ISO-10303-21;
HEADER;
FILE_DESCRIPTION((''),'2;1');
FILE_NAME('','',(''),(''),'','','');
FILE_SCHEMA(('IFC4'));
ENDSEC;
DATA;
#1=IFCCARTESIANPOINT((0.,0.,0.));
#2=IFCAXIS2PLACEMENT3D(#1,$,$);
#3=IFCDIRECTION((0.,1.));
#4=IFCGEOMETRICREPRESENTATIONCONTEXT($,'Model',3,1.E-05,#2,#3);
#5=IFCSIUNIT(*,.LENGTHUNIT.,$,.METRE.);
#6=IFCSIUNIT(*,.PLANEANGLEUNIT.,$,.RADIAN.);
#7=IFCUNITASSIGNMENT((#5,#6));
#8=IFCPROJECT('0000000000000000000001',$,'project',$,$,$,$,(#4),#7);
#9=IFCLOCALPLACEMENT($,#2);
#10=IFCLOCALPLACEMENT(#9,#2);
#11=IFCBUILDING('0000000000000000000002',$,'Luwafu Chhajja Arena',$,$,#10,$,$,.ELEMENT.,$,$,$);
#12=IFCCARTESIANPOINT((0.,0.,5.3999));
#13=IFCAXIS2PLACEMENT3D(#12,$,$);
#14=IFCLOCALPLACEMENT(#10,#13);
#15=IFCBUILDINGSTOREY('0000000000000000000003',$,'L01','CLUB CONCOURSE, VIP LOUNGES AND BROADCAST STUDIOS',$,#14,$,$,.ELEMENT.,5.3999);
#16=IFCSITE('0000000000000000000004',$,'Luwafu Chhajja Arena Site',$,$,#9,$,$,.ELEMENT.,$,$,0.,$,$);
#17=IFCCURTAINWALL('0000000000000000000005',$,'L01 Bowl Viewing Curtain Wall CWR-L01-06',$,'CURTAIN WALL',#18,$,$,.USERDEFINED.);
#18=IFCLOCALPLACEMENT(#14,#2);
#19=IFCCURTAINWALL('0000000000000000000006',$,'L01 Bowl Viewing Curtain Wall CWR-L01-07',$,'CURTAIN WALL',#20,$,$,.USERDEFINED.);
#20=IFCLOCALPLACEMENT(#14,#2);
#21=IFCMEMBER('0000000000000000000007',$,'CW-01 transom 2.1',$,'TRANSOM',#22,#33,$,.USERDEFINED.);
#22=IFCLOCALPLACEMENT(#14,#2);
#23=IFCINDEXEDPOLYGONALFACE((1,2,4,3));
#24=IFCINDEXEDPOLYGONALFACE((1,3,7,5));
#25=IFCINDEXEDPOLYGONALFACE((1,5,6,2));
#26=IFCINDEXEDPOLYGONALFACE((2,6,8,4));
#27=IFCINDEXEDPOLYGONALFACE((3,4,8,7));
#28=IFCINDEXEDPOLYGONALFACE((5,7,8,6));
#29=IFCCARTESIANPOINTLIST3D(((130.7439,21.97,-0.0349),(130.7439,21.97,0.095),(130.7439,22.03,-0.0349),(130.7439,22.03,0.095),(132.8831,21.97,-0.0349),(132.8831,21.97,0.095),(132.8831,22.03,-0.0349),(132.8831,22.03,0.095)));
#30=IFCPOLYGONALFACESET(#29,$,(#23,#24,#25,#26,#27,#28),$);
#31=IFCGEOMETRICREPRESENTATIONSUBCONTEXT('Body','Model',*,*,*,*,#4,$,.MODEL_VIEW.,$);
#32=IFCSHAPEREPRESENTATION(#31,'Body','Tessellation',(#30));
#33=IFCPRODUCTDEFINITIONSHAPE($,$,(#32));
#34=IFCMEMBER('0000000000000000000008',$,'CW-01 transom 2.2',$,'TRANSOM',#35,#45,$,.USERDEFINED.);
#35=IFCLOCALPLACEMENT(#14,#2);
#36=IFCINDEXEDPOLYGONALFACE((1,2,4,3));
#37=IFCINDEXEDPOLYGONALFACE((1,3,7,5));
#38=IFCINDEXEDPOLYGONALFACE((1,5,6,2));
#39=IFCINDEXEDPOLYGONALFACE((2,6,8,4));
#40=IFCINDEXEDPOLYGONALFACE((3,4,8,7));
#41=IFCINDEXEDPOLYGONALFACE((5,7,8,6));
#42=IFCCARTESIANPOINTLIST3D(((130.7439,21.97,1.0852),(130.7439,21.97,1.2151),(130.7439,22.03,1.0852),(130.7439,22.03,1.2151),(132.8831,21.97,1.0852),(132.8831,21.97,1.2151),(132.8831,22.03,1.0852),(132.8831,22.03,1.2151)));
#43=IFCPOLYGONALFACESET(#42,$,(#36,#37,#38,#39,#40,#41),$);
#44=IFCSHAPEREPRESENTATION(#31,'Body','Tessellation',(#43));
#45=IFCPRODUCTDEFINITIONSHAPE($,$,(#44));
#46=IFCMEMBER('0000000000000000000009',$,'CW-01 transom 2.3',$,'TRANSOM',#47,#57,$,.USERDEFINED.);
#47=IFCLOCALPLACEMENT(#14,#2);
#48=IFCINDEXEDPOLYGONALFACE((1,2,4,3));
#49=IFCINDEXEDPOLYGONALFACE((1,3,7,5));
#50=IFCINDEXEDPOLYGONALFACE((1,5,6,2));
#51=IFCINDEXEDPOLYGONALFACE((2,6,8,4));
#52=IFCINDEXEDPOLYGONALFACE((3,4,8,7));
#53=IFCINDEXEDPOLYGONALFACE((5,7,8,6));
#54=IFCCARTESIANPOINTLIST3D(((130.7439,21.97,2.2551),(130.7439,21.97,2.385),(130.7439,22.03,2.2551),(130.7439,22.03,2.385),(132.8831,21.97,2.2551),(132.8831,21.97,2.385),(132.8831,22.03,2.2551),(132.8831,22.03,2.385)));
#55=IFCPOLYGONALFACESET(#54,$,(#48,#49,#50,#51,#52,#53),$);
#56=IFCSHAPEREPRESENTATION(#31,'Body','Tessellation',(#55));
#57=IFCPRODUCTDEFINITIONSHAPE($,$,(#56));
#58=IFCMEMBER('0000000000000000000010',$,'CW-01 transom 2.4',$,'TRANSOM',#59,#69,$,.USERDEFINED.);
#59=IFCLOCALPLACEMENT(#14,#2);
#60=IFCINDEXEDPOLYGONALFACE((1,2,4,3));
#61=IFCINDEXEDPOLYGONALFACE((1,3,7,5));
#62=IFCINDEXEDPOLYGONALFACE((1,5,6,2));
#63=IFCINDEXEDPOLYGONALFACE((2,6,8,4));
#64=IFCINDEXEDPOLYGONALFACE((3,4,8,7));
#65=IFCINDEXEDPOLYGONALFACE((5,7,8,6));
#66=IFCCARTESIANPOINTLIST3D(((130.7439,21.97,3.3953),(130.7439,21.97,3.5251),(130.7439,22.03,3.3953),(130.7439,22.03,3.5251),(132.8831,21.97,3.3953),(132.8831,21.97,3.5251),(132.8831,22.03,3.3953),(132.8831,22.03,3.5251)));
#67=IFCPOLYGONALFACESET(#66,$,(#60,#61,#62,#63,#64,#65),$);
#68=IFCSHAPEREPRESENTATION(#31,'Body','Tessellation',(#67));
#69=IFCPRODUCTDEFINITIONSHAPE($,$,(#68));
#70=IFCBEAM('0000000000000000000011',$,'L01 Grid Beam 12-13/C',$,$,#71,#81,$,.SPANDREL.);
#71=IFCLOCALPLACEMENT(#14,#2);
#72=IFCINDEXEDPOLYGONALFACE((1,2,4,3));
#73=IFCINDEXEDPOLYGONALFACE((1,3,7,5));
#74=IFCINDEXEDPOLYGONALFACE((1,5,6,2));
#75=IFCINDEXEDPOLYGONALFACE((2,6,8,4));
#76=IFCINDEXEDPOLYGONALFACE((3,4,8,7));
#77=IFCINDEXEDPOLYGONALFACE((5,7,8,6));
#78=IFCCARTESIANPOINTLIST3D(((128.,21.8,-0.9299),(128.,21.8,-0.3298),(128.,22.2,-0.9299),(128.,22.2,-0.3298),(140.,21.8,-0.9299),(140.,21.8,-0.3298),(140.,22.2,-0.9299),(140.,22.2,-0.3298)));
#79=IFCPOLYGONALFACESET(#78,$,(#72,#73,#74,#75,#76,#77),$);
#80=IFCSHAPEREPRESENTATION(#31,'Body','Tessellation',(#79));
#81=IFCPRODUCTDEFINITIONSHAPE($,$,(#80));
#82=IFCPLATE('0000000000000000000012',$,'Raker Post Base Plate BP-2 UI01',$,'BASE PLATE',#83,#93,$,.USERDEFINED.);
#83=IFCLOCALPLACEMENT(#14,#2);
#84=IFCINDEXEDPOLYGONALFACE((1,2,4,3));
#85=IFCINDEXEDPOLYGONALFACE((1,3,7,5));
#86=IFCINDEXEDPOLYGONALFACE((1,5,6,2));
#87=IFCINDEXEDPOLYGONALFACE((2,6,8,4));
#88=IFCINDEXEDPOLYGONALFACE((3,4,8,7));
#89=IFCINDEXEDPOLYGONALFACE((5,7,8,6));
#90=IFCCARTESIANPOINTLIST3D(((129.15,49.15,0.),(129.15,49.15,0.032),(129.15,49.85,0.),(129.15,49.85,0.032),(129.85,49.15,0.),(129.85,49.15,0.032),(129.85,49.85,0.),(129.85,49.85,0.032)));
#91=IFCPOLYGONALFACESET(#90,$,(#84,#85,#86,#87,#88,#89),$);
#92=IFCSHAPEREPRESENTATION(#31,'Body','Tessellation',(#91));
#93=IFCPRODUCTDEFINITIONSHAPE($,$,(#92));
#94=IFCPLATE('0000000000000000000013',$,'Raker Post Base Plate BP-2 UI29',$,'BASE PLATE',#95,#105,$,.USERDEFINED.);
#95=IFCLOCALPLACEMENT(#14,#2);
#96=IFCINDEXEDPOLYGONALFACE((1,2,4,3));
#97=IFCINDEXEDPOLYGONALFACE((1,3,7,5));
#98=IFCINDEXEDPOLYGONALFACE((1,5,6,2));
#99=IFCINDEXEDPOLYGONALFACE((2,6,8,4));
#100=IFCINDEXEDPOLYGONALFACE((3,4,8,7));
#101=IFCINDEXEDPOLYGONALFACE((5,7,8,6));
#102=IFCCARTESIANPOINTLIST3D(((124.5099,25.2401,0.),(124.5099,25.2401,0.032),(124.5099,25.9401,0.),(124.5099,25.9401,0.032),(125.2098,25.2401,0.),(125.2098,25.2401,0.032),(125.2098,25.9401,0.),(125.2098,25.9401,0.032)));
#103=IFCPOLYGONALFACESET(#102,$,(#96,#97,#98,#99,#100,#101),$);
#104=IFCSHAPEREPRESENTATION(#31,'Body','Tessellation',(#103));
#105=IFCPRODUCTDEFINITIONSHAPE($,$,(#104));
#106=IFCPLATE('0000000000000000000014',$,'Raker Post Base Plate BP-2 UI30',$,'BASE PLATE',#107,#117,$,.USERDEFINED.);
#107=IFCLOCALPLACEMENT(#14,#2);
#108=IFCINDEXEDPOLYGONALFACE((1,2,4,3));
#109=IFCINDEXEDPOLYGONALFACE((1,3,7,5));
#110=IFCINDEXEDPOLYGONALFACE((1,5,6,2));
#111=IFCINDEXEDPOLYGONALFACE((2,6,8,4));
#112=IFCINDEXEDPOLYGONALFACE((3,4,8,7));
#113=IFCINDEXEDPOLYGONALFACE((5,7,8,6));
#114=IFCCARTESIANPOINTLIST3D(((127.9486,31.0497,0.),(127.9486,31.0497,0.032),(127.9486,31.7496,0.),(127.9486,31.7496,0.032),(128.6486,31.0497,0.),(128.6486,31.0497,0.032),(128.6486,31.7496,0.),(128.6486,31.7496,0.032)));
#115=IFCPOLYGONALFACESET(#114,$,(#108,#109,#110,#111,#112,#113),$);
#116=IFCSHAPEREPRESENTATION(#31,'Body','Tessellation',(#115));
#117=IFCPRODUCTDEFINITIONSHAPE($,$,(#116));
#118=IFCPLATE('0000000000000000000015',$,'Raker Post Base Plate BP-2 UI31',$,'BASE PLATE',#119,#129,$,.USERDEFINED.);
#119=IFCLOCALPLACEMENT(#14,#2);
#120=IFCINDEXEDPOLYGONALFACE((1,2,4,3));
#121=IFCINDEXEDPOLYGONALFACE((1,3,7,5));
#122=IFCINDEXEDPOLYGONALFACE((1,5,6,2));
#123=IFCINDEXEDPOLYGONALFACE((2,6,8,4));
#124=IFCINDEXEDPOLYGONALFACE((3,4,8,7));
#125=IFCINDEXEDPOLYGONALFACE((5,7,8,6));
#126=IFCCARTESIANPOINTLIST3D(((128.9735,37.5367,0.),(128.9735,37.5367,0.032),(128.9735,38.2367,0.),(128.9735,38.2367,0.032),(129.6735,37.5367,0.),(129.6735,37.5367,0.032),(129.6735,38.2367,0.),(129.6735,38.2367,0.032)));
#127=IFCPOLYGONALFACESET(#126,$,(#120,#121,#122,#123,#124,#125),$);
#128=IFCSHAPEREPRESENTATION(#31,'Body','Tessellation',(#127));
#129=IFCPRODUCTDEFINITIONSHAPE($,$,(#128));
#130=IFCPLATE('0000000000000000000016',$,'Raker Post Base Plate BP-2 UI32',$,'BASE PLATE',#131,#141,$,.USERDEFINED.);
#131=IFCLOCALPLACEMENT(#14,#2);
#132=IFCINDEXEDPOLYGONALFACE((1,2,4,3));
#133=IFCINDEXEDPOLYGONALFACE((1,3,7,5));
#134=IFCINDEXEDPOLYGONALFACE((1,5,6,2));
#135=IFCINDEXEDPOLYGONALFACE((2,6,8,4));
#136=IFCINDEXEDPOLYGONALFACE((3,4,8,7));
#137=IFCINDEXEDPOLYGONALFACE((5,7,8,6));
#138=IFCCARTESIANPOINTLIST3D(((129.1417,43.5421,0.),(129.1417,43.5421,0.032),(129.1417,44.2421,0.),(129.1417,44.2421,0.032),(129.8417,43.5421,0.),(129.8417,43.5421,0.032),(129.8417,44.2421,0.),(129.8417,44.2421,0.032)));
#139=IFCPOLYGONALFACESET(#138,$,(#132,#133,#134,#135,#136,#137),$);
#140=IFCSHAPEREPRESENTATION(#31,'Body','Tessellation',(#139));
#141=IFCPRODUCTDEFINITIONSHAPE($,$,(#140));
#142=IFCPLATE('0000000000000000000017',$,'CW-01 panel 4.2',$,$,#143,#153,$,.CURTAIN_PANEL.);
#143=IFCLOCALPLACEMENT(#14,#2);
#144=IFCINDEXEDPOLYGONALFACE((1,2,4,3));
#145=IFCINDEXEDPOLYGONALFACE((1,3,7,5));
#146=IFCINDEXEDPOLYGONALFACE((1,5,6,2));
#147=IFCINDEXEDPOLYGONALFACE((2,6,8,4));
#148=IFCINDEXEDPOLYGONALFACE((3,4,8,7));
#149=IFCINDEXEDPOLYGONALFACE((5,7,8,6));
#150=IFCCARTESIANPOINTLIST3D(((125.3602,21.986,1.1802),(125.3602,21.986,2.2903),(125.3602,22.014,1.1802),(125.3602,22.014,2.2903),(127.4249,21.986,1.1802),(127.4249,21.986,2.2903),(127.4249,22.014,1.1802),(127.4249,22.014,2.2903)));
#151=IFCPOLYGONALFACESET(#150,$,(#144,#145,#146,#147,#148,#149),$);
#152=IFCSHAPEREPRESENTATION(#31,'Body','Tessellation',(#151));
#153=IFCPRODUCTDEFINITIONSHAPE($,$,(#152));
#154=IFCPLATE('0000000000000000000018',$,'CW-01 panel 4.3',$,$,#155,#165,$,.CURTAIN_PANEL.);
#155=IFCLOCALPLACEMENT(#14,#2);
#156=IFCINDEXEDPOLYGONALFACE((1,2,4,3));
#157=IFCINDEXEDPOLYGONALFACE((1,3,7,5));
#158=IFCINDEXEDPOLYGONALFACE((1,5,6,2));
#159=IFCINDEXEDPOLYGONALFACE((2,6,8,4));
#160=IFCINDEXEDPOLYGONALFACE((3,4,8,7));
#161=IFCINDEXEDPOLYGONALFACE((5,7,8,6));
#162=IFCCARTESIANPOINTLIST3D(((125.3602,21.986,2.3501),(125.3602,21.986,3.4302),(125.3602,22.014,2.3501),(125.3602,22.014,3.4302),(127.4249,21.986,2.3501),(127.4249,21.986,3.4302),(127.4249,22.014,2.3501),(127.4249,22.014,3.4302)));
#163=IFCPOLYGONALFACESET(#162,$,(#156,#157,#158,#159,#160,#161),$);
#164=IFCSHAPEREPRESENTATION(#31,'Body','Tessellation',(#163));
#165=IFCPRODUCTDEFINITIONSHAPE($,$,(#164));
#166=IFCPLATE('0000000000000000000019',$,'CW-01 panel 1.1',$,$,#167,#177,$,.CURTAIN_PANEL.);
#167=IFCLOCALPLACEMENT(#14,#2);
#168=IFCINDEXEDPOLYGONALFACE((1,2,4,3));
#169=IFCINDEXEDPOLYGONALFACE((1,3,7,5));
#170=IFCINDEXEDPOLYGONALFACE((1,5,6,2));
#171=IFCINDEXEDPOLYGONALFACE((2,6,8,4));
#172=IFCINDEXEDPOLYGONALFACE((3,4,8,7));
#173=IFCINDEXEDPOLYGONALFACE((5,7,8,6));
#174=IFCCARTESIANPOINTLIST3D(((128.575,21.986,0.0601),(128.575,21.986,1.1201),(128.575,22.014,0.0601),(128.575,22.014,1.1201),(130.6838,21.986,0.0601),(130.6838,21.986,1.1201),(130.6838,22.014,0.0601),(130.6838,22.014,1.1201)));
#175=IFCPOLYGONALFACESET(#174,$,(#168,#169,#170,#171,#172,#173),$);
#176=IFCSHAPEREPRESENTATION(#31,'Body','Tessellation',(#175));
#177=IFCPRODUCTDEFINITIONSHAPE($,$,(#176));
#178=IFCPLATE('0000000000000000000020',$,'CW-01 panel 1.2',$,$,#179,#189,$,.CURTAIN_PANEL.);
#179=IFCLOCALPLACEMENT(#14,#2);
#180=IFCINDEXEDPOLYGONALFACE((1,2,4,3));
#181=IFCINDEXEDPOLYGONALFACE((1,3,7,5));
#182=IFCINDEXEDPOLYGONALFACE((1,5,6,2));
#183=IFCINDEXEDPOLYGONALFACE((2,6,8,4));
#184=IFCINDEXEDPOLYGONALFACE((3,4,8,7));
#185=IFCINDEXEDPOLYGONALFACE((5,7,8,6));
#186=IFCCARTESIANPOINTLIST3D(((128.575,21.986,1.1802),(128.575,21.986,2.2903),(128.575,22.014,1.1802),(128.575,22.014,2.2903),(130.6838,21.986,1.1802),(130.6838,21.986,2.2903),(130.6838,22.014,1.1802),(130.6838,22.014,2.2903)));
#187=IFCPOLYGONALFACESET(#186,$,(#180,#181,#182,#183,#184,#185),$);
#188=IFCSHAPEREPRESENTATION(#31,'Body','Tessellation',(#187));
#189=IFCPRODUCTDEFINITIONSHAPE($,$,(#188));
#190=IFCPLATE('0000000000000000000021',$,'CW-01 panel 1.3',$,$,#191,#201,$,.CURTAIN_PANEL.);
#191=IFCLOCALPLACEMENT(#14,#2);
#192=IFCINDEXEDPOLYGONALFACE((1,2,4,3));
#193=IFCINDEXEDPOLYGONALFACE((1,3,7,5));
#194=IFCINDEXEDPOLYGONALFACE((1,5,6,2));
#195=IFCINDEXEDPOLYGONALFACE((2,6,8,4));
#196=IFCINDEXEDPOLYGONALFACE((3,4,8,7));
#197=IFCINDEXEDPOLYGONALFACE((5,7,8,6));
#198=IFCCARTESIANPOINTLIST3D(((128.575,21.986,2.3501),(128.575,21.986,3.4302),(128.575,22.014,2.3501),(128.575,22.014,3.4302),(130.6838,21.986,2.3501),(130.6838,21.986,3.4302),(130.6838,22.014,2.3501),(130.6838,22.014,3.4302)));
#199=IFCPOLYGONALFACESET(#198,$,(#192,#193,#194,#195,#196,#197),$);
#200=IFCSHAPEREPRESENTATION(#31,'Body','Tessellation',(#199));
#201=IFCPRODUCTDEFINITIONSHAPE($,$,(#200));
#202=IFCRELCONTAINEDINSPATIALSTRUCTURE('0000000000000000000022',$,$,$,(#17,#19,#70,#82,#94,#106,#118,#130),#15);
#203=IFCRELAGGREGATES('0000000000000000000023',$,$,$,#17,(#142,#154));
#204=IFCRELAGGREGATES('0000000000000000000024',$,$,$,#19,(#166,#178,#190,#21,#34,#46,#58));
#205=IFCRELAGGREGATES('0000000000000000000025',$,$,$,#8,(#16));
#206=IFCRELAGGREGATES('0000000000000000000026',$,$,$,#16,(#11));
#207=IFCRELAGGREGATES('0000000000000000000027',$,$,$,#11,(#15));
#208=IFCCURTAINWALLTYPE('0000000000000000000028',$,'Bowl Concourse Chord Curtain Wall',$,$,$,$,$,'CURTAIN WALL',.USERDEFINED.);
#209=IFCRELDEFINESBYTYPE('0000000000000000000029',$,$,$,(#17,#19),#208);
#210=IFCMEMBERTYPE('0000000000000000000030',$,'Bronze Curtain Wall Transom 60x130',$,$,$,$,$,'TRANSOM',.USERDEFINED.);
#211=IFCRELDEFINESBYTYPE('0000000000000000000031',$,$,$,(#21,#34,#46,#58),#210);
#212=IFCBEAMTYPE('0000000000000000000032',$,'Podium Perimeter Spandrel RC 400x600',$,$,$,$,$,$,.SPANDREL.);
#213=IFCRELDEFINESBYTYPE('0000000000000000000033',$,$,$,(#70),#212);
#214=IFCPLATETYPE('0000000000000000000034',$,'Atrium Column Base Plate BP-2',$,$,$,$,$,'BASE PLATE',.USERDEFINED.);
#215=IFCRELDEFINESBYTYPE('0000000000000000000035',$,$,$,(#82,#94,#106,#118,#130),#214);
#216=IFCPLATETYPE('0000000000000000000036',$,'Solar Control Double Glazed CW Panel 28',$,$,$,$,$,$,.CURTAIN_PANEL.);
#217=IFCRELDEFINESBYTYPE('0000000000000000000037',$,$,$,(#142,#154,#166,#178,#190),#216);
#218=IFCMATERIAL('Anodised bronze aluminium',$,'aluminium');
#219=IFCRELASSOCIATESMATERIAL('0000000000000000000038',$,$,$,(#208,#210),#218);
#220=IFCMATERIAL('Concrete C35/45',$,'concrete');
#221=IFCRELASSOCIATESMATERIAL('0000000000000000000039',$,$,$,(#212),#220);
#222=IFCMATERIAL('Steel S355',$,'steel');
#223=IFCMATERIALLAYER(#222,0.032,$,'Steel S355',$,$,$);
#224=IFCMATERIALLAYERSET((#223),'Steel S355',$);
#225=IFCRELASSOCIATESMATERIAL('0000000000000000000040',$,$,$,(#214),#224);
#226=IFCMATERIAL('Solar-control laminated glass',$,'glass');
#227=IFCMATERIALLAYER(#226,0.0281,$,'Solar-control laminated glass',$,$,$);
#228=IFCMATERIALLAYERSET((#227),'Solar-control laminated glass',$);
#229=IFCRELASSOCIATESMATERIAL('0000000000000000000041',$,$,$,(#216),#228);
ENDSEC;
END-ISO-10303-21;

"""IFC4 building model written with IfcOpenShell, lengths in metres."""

from ifc_helpers import new_model, si_unit, direction, frame, origin, origin_2d, place, context, subcontext, project, spatial, rectangle, extrude, material, layer, layer_set, material_profile, profile_set, type_object, element, aggregate, save


model = new_model("IFC4")

# Units and contexts
model_context = context("Model", 3, precision=1e-05, world=origin(), true_north=direction((0.0, 1.0)))
body_context = subcontext(model_context, "Body", "Model", "MODEL_VIEW")
ifc_project = project(units=[si_unit("LENGTHUNIT", "METRE"), si_unit("PLANEANGLEUNIT", "RADIAN")], contexts=[model_context])

# Site, building, storey
site_placement = place(None, origin())
site = spatial("IfcSite", under=ifc_project, at=site_placement, Name="Luwafu Chhajja Arena Site", CompositionType="ELEMENT", RefElevation=0.0)
building_placement = place(site_placement, origin())
building = spatial("IfcBuilding", under=site, at=building_placement, Name="Luwafu Chhajja Arena", CompositionType="ELEMENT")
storey_placement = place(building_placement, frame((0.0, 0.0, 5.3999)))
storey = spatial("IfcBuildingStorey", under=building, at=storey_placement, Name="L01", Description="CLUB CONCOURSE, VIP LOUNGES AND BROADCAST STUDIOS", CompositionType="ELEMENT", Elevation=5.3999)

# Shared definitions
ifc_material_1 = material(Name="Concrete C35/45", Category="concrete")
ifc_material_2 = material(Name="Steel S355", Category="steel")

# Curtain wall
ifc_material_3 = material(Name="Anodised bronze aluminium", Category="aluminium")
curtain_wall_type = type_object("IfcCurtainWallType", Name="Bowl Concourse Chord Curtain Wall", ElementType="CURTAIN WALL", PredefinedType="USERDEFINED", material=ifc_material_3)
curtain_wall_1_placement = place(storey_placement, origin())
curtain_wall_1 = element("IfcCurtainWall", 1, at=curtain_wall_1_placement, inside=storey, type_object=curtain_wall_type, Name="L01 Bowl Viewing Curtain Wall CWR-L01-06", ObjectType="CURTAIN WALL", PredefinedType="USERDEFINED")

# Curtain wall, members
curtain_wall_2_placement = place(storey_placement, origin())
curtain_wall_2 = element("IfcCurtainWall", 2, at=curtain_wall_2_placement, inside=storey, type_object=curtain_wall_type, Name="L01 Bowl Viewing Curtain Wall CWR-L01-07", ObjectType="CURTAIN WALL", PredefinedType="USERDEFINED")
ifc_material_profile_1 = material_profile(ifc_material_3, rectangle(XDim=0.0601, YDim=0.1299, at=origin_2d()), Name="CWT 60x130")
ifc_profile_set_1 = profile_set([ifc_material_profile_1], Name="Anodised bronze aluminium")
member_type_1 = type_object("IfcMemberType", Name="Bronze Curtain Wall Transom 60x130", ElementType="TRANSOM", PredefinedType="USERDEFINED", material=ifc_profile_set_1)
member_1_placement = place(storey_placement, frame((130.7439, 22.0, 0.03), z_axis=(1.0, 0.0, 0.0), x_axis=(0.0, 1.0, 0.0)))
member_1 = element("IfcMember", 3, at=member_1_placement, type_object=member_type_1, Name="CW-01 transom 2.1", ObjectType="TRANSOM", PredefinedType="USERDEFINED", context=body_context, shape_type="SweptSolid", body=[
    extrude(rectangle(XDim=0.0601, YDim=0.1299, at=origin_2d()), origin(), (0.0, 0.0, 1.0), 2.1392),
])
member_2_placement = place(storey_placement, frame((130.7439, 22.0, 1.1501), z_axis=(1.0, 0.0, 0.0), x_axis=(0.0, 1.0, 0.0)))
member_2 = element("IfcMember", 4, at=member_2_placement, type_object=member_type_1, Name="CW-01 transom 2.2", ObjectType="TRANSOM", PredefinedType="USERDEFINED", context=body_context, shape_type="SweptSolid", body=[
    extrude(rectangle(XDim=0.0601, YDim=0.1299, at=origin_2d()), origin(), (0.0, 0.0, 1.0), 2.1392),
])
member_3_placement = place(storey_placement, frame((130.7439, 22.0, 2.3201), z_axis=(1.0, 0.0, 0.0), x_axis=(0.0, 1.0, 0.0)))
member_3 = element("IfcMember", 5, at=member_3_placement, type_object=member_type_1, Name="CW-01 transom 2.3", ObjectType="TRANSOM", PredefinedType="USERDEFINED", context=body_context, shape_type="SweptSolid", body=[
    extrude(rectangle(XDim=0.0601, YDim=0.1299, at=origin_2d()), origin(), (0.0, 0.0, 1.0), 2.1392),
])
member_4_placement = place(storey_placement, frame((130.7439, 22.0, 3.4602), z_axis=(1.0, 0.0, 0.0), x_axis=(0.0, 1.0, 0.0)))
member_4 = element("IfcMember", 6, at=member_4_placement, type_object=member_type_1, Name="CW-01 transom 2.4", ObjectType="TRANSOM", PredefinedType="USERDEFINED", context=body_context, shape_type="SweptSolid", body=[
    extrude(rectangle(XDim=0.0601, YDim=0.1299, at=origin_2d()), origin(), (0.0, 0.0, 1.0), 2.1392),
])

# Beam
ifc_material_profile_2 = material_profile(ifc_material_1, rectangle(XDim=0.3999, YDim=0.6001, at=origin_2d()), Name="RC 400x600")
ifc_profile_set_2 = profile_set([ifc_material_profile_2], Name="Concrete C35/45")
beam_type = type_object("IfcBeamType", Name="Podium Perimeter Spandrel RC 400x600", PredefinedType="SPANDREL", material=ifc_profile_set_2)
beam_placement = place(storey_placement, frame((128.0, 22.0, -0.6299), z_axis=(1.0, 0.0, 0.0), x_axis=(0.0, 1.0, 0.0)))
element("IfcBeam", 7, at=beam_placement, inside=storey, type_object=beam_type, Name="L01 Grid Beam 12-13/C", PredefinedType="SPANDREL", context=body_context, shape_type="SweptSolid", body=[
    extrude(rectangle(XDim=0.3999, YDim=0.6001, at=origin_2d()), origin(), (0.0, 0.0, 1.0), 12.0),
])

# Plates
ifc_layer_1 = layer(ifc_material_2, 0.032, Name="Steel S355")
ifc_layer_set_1 = layer_set([ifc_layer_1], Name="Steel S355")
plate_type_1 = type_object("IfcPlateType", Name="Atrium Column Base Plate BP-2", ElementType="BASE PLATE", PredefinedType="USERDEFINED", material=ifc_layer_set_1)
for number, where, z_axis, x_axis, name in (
    (8, (129.5, 49.5, 0.0), (0.0, 0.0, 1.0), (1.0, 0.0, 0.0), "Raker Post Base Plate BP-2 UI01"),
    (9, (124.8599, 25.5901, 0.0), (0.0, 0.0, 1.0), (1.0, 0.0, 0.0), "Raker Post Base Plate BP-2 UI29"),
    (10, (128.2986, 31.3997, 0.0), (0.0, 0.0, 1.0), (1.0, 0.0, 0.0), "Raker Post Base Plate BP-2 UI30"),
    (11, (129.3235, 37.8867, 0.0), (0.0, 0.0, 1.0), (1.0, 0.0, 0.0), "Raker Post Base Plate BP-2 UI31"),
    (12, (129.4917, 43.8921, 0.0), (0.0, 0.0, 1.0), (1.0, 0.0, 0.0), "Raker Post Base Plate BP-2 UI32"),
):
    element("IfcPlate", number, at=place(storey_placement, frame(where, z_axis=z_axis, x_axis=x_axis)), inside=storey, type_object=plate_type_1, Name=name, ObjectType="BASE PLATE", PredefinedType="USERDEFINED", context=body_context, shape_type="SweptSolid", body=[
        extrude(rectangle(XDim=0.7, YDim=0.7, at=origin_2d()), origin(), (0.0, 0.0, 1.0), 0.032),
    ])

# Plates
ifc_material_4 = material(Name="Solar-control laminated glass", Category="glass")
ifc_layer_2 = layer(ifc_material_4, 0.0281, Name="Solar-control laminated glass")
ifc_layer_set_2 = layer_set([ifc_layer_2], Name="Solar-control laminated glass")
plate_type_2 = type_object("IfcPlateType", Name="Solar Control Double Glazed CW Panel 28", PredefinedType="CURTAIN_PANEL", material=ifc_layer_set_2)
plate_1_placement = place(storey_placement, frame((126.3926, 22.0, 1.1802), z_axis=(0.0, 0.0, 1.0), x_axis=(1.0, 0.0, 0.0)))
plate_1 = element("IfcPlate", 13, at=plate_1_placement, type_object=plate_type_2, Name="CW-01 panel 4.2", PredefinedType="CURTAIN_PANEL", context=body_context, shape_type="SweptSolid", body=[
    extrude(rectangle(XDim=2.0647, YDim=0.0281, at=origin_2d()), origin(), (0.0, 0.0, 1.0), 1.1101),
])
plate_2_placement = place(storey_placement, frame((126.3926, 22.0, 2.3501), z_axis=(0.0, 0.0, 1.0), x_axis=(1.0, 0.0, 0.0)))
plate_2 = element("IfcPlate", 14, at=plate_2_placement, type_object=plate_type_2, Name="CW-01 panel 4.3", PredefinedType="CURTAIN_PANEL", context=body_context, shape_type="SweptSolid", body=[
    extrude(rectangle(XDim=2.0647, YDim=0.0281, at=origin_2d()), origin(), (0.0, 0.0, 1.0), 1.0801),
])
aggregate(curtain_wall_1, [plate_1, plate_2])
plate_3_placement = place(storey_placement, frame((129.6294, 22.0, 0.0601), z_axis=(0.0, 0.0, 1.0), x_axis=(1.0, 0.0, 0.0)))
plate_3 = element("IfcPlate", 15, at=plate_3_placement, type_object=plate_type_2, Name="CW-01 panel 1.1", PredefinedType="CURTAIN_PANEL", context=body_context, shape_type="SweptSolid", body=[
    extrude(rectangle(XDim=2.1089, YDim=0.0281, at=origin_2d()), origin(), (0.0, 0.0, 1.0), 1.0601),
])
plate_4_placement = place(storey_placement, frame((129.6294, 22.0, 1.1802), z_axis=(0.0, 0.0, 1.0), x_axis=(1.0, 0.0, 0.0)))
plate_4 = element("IfcPlate", 16, at=plate_4_placement, type_object=plate_type_2, Name="CW-01 panel 1.2", PredefinedType="CURTAIN_PANEL", context=body_context, shape_type="SweptSolid", body=[
    extrude(rectangle(XDim=2.1089, YDim=0.0281, at=origin_2d()), origin(), (0.0, 0.0, 1.0), 1.1101),
])
plate_5_placement = place(storey_placement, frame((129.6294, 22.0, 2.3501), z_axis=(0.0, 0.0, 1.0), x_axis=(1.0, 0.0, 0.0)))
plate_5 = element("IfcPlate", 17, at=plate_5_placement, type_object=plate_type_2, Name="CW-01 panel 1.3", PredefinedType="CURTAIN_PANEL", context=body_context, shape_type="SweptSolid", body=[
    extrude(rectangle(XDim=2.1089, YDim=0.0281, at=origin_2d()), origin(), (0.0, 0.0, 1.0), 1.0801),
])
aggregate(curtain_wall_2, [plate_3, plate_4, plate_5, member_1, member_2, member_3, member_4])

save(model, "model.ifc")
